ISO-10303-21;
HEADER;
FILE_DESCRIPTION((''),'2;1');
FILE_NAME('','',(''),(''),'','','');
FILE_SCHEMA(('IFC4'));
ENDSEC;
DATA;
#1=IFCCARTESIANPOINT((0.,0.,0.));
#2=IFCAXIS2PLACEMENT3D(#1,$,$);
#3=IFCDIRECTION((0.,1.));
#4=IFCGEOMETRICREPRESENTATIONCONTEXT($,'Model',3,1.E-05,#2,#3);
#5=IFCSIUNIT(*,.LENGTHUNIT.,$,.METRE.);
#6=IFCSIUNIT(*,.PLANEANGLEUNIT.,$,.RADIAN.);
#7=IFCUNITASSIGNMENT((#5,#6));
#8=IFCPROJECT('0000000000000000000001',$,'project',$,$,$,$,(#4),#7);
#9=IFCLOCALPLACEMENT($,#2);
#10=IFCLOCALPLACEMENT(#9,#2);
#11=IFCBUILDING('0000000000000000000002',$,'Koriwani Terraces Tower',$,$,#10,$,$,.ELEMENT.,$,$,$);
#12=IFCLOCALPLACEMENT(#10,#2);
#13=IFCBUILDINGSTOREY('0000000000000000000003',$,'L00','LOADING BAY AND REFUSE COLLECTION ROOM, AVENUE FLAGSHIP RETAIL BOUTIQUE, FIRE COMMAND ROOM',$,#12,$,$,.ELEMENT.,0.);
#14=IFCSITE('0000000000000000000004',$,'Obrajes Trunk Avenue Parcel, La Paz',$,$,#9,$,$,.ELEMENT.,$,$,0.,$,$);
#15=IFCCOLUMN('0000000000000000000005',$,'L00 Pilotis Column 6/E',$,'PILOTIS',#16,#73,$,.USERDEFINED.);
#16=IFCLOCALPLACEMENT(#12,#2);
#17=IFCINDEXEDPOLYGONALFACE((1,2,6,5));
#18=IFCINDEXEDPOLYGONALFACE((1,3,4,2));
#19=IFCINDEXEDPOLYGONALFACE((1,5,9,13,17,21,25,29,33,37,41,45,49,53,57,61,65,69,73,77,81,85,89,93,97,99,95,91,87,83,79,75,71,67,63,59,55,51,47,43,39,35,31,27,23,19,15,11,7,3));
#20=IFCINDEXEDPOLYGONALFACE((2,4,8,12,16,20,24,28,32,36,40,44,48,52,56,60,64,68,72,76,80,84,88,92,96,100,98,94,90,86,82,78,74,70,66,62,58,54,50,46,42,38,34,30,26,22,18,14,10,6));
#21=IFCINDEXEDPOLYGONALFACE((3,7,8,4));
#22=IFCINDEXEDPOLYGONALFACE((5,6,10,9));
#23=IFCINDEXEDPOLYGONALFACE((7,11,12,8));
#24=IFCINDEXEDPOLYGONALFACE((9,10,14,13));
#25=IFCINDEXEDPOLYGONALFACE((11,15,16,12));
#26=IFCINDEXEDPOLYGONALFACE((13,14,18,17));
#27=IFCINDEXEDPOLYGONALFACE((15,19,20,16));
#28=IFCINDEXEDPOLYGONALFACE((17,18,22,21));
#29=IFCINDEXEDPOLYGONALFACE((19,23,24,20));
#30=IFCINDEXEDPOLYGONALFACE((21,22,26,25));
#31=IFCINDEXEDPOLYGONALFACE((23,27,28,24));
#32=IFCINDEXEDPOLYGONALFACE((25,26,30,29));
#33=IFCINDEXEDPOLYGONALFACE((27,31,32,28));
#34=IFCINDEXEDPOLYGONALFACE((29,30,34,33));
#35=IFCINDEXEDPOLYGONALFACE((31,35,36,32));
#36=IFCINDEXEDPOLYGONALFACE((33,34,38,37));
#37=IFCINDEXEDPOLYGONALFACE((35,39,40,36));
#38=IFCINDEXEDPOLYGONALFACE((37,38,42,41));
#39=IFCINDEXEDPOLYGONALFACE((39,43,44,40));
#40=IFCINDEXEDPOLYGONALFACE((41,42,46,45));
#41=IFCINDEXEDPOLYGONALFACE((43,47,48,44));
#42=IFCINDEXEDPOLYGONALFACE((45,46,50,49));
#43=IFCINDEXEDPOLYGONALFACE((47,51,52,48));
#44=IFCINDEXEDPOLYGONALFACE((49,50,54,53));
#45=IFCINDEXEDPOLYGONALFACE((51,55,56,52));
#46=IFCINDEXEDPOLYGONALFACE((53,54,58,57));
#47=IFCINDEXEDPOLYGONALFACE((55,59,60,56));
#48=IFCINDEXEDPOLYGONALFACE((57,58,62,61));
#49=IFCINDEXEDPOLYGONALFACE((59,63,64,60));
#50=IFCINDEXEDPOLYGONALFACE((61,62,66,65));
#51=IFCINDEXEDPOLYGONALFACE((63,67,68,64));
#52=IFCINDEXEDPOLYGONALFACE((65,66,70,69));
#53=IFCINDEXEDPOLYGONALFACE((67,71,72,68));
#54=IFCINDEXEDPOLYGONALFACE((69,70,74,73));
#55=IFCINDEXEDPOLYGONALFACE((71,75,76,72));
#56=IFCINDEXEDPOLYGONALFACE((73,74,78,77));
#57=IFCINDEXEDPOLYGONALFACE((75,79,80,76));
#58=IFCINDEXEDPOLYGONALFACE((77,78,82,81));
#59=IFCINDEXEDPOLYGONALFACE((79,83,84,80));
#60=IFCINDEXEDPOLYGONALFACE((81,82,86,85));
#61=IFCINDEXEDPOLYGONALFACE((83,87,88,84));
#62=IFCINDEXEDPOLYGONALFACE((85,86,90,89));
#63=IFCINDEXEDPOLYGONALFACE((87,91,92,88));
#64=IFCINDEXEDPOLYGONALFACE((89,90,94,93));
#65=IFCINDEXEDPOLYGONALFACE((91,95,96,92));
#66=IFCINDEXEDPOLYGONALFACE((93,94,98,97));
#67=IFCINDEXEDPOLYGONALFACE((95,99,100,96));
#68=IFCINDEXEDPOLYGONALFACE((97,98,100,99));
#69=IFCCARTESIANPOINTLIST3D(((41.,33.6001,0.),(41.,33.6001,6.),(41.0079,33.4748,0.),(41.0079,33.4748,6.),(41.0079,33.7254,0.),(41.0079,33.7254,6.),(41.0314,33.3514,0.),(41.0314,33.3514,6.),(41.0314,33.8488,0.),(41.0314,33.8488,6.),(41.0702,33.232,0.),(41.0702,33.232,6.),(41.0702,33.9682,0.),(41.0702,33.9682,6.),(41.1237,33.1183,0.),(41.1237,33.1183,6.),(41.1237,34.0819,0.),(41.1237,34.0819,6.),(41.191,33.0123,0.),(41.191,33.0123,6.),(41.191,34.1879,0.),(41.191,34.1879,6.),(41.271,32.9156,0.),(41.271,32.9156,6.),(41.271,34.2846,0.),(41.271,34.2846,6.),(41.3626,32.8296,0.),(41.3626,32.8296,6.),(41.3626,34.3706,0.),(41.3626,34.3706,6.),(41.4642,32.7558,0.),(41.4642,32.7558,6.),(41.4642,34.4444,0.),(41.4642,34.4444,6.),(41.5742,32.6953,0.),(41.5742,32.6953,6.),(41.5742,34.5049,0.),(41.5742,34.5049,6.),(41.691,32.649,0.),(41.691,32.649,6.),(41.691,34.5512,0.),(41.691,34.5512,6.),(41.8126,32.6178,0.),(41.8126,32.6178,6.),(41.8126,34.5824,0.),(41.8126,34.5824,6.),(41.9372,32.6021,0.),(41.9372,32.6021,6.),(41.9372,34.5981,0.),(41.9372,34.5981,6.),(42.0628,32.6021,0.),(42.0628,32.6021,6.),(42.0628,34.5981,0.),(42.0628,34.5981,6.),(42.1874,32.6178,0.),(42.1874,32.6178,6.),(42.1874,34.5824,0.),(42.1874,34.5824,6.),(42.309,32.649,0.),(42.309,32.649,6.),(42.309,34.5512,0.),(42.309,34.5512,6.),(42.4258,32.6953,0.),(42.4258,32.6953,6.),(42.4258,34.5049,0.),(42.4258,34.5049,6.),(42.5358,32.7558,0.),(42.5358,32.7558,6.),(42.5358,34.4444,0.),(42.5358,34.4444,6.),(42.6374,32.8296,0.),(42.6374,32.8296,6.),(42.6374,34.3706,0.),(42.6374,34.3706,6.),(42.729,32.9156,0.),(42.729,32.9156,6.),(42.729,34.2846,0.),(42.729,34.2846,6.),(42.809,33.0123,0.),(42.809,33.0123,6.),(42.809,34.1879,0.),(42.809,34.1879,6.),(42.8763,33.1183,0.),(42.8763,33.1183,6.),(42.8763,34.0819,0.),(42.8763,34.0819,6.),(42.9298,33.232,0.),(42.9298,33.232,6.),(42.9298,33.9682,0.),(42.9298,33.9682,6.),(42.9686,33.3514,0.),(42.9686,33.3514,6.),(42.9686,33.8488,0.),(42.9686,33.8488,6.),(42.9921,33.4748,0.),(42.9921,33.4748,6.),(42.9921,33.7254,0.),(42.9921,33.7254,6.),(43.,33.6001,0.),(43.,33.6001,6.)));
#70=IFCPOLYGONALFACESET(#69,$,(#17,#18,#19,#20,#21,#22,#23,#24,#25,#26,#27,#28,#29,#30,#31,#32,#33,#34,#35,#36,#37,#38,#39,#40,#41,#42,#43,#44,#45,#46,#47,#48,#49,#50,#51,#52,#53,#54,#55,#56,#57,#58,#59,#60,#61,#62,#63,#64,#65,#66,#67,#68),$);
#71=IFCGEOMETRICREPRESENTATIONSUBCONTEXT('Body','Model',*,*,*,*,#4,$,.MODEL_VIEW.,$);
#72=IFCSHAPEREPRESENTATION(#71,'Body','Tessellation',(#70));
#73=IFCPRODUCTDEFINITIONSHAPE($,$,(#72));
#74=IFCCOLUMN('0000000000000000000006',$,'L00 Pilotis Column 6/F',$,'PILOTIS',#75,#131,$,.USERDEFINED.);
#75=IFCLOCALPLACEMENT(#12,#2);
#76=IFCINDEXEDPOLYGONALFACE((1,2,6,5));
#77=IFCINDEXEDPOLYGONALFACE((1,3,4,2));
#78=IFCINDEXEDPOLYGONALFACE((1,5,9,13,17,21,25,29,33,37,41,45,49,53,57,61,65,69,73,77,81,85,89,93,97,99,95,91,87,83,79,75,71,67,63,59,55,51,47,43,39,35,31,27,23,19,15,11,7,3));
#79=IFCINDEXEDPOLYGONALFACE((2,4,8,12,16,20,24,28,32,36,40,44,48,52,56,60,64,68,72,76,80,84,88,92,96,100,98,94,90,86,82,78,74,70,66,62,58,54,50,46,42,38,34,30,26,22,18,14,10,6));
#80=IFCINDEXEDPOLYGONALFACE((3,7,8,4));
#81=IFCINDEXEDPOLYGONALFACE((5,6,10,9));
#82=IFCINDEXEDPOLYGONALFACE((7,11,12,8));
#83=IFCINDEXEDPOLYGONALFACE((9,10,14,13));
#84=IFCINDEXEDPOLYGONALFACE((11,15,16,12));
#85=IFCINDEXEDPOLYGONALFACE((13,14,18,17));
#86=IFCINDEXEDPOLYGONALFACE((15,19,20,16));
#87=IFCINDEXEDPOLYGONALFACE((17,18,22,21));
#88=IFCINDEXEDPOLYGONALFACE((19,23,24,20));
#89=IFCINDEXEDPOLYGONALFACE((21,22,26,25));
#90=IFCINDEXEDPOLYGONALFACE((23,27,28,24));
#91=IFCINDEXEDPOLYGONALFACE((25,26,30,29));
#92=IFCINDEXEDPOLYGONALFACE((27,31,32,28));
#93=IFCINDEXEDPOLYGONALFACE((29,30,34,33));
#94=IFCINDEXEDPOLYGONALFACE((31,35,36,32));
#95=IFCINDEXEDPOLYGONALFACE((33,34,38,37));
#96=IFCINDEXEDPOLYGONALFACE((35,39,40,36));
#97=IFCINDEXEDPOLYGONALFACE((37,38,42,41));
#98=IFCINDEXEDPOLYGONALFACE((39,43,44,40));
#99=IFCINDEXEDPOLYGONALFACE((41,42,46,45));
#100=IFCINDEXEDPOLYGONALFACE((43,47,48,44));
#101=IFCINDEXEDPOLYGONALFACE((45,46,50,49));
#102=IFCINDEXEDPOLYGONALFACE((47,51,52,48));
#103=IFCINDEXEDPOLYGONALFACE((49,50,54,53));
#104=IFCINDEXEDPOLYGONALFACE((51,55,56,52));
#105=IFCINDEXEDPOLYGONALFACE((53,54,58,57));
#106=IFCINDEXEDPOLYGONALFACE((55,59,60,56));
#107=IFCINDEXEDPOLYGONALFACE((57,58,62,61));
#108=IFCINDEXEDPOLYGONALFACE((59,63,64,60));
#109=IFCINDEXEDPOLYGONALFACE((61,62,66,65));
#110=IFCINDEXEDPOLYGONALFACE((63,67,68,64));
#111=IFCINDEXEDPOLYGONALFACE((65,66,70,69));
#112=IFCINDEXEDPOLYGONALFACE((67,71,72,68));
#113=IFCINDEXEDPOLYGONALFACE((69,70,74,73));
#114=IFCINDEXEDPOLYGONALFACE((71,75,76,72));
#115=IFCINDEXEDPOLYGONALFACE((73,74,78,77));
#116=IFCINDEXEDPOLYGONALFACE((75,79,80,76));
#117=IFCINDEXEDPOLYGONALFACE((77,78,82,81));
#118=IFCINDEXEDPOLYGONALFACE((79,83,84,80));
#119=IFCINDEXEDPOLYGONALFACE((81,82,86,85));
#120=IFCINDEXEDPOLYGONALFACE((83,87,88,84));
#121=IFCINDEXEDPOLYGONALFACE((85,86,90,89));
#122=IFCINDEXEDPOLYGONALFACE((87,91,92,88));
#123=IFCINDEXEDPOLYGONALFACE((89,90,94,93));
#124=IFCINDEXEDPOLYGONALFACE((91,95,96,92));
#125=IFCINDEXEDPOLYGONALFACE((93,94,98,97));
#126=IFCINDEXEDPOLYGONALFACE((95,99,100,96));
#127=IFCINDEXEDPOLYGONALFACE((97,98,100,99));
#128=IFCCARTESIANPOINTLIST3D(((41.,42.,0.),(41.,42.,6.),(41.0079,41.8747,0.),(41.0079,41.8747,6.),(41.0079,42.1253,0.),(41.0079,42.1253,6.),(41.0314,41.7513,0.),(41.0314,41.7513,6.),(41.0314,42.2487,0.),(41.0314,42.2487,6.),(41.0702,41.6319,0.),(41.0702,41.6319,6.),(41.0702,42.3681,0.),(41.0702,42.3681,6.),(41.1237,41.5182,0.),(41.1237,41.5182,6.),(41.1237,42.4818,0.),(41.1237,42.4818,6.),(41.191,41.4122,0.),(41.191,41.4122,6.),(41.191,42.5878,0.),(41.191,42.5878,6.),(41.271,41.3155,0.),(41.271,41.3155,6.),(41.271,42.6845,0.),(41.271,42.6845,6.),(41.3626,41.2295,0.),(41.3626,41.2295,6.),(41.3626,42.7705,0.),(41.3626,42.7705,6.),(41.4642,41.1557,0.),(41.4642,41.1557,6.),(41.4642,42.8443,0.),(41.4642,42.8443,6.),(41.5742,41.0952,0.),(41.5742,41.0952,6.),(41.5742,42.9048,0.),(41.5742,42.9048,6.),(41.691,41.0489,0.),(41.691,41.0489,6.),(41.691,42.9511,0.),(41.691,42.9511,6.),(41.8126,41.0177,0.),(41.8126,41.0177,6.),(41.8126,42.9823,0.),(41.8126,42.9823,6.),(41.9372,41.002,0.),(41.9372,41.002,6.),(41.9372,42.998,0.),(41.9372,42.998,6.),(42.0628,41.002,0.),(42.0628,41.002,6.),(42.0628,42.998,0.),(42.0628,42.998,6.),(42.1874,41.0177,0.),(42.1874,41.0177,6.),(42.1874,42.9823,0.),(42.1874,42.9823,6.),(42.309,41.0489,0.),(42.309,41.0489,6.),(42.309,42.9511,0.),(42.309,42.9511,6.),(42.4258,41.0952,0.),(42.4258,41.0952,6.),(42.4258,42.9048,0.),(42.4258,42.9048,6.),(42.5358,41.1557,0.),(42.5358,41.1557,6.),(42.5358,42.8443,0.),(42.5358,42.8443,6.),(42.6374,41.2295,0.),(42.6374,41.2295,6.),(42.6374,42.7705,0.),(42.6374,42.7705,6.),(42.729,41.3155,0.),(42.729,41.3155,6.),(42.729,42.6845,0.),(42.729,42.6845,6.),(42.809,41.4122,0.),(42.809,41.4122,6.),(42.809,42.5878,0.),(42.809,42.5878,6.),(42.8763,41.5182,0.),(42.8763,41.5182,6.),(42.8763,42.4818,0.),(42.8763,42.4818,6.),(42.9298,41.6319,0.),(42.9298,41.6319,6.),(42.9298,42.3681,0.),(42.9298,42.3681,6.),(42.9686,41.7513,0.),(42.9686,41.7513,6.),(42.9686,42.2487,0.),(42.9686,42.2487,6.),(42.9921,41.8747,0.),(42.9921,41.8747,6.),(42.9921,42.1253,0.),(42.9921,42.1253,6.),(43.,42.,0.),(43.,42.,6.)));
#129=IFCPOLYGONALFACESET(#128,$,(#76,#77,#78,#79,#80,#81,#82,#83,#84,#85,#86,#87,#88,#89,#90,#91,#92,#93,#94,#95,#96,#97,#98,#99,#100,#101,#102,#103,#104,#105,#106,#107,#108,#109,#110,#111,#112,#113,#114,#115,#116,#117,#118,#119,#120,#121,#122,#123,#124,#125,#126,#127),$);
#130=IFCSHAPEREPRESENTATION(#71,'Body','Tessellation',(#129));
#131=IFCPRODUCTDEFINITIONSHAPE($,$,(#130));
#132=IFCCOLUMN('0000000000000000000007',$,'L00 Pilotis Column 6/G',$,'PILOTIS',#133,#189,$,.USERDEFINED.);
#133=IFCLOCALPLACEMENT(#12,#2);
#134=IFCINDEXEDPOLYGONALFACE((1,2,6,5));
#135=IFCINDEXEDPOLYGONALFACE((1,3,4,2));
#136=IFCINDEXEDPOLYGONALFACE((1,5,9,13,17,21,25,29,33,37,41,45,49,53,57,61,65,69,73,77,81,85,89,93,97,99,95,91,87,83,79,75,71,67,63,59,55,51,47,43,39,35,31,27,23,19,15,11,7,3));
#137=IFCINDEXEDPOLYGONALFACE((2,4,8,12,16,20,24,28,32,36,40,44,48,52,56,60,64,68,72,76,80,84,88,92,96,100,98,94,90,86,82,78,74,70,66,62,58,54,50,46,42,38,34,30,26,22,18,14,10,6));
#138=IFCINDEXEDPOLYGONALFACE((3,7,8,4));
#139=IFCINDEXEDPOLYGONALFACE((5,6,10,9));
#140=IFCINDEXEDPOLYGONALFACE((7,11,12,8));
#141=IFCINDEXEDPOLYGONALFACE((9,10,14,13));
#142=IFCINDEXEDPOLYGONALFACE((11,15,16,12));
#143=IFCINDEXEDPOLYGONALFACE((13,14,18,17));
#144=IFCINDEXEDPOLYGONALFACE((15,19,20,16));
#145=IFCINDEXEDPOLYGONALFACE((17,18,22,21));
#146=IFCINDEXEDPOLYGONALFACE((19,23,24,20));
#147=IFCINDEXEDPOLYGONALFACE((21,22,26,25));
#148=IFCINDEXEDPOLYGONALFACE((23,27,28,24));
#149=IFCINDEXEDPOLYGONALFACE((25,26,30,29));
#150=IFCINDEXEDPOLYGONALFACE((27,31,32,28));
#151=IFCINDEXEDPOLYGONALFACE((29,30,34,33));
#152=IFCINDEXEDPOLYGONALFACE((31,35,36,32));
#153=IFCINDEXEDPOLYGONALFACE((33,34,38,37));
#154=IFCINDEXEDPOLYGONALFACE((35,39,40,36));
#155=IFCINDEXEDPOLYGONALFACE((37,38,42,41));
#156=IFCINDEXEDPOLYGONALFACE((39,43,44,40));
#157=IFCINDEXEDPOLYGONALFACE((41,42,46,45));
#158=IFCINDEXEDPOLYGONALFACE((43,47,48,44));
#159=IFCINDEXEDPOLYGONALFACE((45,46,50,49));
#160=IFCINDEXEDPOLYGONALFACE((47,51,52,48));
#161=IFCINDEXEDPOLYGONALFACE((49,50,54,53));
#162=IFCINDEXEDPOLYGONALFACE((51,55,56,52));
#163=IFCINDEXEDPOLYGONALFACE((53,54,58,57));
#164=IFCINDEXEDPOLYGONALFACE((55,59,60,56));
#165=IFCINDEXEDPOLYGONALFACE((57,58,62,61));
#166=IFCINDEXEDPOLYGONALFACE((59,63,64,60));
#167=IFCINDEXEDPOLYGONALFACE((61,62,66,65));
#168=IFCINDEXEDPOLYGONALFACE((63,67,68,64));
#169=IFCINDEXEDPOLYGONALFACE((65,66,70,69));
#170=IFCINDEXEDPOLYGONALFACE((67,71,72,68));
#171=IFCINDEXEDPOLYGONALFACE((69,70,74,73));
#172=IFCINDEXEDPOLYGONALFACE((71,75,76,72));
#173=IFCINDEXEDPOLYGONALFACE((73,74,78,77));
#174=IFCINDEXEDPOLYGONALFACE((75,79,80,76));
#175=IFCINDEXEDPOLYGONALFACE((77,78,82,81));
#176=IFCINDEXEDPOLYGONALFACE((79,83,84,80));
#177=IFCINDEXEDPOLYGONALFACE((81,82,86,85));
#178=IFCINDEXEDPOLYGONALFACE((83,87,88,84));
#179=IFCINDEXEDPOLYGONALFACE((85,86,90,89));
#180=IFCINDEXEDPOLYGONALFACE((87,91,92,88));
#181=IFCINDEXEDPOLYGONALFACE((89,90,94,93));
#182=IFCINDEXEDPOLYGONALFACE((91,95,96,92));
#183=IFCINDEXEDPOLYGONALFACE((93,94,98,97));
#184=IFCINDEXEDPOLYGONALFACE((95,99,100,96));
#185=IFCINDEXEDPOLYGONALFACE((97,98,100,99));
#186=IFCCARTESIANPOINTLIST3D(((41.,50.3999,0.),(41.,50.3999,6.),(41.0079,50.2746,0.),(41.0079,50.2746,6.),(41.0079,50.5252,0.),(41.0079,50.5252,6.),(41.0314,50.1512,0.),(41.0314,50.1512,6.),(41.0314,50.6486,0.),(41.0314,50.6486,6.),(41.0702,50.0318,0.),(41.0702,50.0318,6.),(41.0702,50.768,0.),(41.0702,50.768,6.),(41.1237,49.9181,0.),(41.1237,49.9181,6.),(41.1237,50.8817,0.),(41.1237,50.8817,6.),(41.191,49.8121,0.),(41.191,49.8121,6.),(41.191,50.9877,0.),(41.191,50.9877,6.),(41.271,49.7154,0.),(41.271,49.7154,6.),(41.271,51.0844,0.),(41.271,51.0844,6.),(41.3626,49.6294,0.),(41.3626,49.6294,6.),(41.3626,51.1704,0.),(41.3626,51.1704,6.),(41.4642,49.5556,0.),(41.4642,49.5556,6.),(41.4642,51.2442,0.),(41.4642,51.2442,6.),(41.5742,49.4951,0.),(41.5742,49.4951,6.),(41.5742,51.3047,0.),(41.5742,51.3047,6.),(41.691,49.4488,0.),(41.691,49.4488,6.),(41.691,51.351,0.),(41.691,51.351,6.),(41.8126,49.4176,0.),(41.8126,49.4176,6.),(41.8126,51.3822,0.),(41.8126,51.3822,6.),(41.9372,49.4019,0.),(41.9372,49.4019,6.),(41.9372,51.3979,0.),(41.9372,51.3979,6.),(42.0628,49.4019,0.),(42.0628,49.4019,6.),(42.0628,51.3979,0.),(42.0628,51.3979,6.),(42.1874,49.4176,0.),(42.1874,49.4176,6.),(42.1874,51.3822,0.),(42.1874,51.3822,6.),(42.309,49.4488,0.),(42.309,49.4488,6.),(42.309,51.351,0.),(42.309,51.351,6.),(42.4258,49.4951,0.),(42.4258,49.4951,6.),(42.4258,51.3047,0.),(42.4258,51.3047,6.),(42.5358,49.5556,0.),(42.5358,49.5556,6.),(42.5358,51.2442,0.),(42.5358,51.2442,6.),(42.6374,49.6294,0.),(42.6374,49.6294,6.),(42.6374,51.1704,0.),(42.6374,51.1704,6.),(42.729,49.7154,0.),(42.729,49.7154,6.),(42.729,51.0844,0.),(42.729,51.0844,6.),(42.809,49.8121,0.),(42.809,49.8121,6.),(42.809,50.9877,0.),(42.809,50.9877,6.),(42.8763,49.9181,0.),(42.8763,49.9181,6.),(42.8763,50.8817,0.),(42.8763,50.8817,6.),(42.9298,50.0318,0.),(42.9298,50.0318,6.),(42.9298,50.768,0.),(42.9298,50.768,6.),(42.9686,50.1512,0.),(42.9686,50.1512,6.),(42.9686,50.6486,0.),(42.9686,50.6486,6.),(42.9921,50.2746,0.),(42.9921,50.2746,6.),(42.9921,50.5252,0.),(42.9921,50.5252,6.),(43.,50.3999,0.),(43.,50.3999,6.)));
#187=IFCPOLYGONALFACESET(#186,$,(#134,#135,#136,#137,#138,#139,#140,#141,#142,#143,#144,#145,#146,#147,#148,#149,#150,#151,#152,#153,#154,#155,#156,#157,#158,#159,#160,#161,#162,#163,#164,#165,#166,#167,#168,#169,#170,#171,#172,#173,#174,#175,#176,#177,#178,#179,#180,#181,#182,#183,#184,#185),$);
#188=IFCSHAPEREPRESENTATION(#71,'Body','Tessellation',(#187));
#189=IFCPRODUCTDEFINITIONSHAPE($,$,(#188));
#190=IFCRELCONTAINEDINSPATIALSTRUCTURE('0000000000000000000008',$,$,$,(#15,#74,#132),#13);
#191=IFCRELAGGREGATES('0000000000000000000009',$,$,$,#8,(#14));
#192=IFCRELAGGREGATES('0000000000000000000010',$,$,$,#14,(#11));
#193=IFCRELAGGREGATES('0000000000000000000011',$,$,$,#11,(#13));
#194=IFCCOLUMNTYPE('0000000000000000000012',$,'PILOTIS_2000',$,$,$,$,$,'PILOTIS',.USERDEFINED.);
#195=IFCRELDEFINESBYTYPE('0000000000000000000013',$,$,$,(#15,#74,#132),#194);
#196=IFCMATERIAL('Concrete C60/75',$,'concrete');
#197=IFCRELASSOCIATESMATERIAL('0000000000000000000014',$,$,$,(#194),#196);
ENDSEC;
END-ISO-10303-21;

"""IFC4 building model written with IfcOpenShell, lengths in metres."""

from ifc_helpers import new_model, si_unit, direction, frame, origin, origin_2d, place, context, subcontext, project, spatial, circle, extrude, material, material_profile, profile_set, type_object, element, save


model = new_model("IFC4")

# Units and contexts
model_context = context("Model", 3, precision=1e-05, world=origin(), true_north=direction((0.0, 1.0)))
body_context = subcontext(model_context, "Body", "Model", "MODEL_VIEW")
ifc_project = project(units=[si_unit("LENGTHUNIT", "METRE"), si_unit("PLANEANGLEUNIT", "RADIAN")], contexts=[model_context])

# Site, building, storey
site_placement = place(None, origin())
site = spatial("IfcSite", under=ifc_project, at=site_placement, Name="Obrajes Trunk Avenue Parcel, La Paz", CompositionType="ELEMENT", RefElevation=0.0)
building_placement = place(site_placement, origin())
building = spatial("IfcBuilding", under=site, at=building_placement, Name="Koriwani Terraces Tower", CompositionType="ELEMENT")
storey_placement = place(building_placement, origin())
storey = spatial("IfcBuildingStorey", under=building, at=storey_placement, Name="L00", Description="LOADING BAY AND REFUSE COLLECTION ROOM, AVENUE FLAGSHIP RETAIL BOUTIQUE, FIRE COMMAND ROOM", CompositionType="ELEMENT", Elevation=0.0)

# Columns
ifc_material_1 = material(Name="Concrete C60/75", Category="concrete")
ifc_material_profile_1 = material_profile(ifc_material_1, circle(Radius=1.0, at=origin_2d()), Name="Concrete C60/75", Category="LoadBearing")
ifc_profile_set_1 = profile_set([ifc_material_profile_1], Name="Concrete C60/75")
column_type = type_object("IfcColumnType", Name="PILOTIS_2000", ElementType="PILOTIS", PredefinedType="USERDEFINED", material=ifc_profile_set_1)
for number, where, z_axis, x_axis, name in (
    (1, (42.0, 33.6001, 0.0), (0.0, 0.0, 1.0), (1.0, 0.0, 0.0), "L00 Pilotis Column 6/E"),
    (2, (42.0, 42.0, 0.0), (0.0, 0.0, 1.0), (1.0, 0.0, 0.0), "L00 Pilotis Column 6/F"),
    (3, (42.0, 50.3999, 0.0), (0.0, 0.0, 1.0), (1.0, 0.0, 0.0), "L00 Pilotis Column 6/G"),
):
    element("IfcColumn", number, at=place(storey_placement, frame(where, z_axis=z_axis, x_axis=x_axis)), inside=storey, type_object=column_type, Name=name, ObjectType="PILOTIS", PredefinedType="USERDEFINED", context=body_context, shape_type="SweptSolid", body=[
        extrude(circle(Radius=1.0, at=origin_2d()), origin(), (0.0, 0.0, 1.0), 6.0),
    ])

save(model, "model.ifc")
